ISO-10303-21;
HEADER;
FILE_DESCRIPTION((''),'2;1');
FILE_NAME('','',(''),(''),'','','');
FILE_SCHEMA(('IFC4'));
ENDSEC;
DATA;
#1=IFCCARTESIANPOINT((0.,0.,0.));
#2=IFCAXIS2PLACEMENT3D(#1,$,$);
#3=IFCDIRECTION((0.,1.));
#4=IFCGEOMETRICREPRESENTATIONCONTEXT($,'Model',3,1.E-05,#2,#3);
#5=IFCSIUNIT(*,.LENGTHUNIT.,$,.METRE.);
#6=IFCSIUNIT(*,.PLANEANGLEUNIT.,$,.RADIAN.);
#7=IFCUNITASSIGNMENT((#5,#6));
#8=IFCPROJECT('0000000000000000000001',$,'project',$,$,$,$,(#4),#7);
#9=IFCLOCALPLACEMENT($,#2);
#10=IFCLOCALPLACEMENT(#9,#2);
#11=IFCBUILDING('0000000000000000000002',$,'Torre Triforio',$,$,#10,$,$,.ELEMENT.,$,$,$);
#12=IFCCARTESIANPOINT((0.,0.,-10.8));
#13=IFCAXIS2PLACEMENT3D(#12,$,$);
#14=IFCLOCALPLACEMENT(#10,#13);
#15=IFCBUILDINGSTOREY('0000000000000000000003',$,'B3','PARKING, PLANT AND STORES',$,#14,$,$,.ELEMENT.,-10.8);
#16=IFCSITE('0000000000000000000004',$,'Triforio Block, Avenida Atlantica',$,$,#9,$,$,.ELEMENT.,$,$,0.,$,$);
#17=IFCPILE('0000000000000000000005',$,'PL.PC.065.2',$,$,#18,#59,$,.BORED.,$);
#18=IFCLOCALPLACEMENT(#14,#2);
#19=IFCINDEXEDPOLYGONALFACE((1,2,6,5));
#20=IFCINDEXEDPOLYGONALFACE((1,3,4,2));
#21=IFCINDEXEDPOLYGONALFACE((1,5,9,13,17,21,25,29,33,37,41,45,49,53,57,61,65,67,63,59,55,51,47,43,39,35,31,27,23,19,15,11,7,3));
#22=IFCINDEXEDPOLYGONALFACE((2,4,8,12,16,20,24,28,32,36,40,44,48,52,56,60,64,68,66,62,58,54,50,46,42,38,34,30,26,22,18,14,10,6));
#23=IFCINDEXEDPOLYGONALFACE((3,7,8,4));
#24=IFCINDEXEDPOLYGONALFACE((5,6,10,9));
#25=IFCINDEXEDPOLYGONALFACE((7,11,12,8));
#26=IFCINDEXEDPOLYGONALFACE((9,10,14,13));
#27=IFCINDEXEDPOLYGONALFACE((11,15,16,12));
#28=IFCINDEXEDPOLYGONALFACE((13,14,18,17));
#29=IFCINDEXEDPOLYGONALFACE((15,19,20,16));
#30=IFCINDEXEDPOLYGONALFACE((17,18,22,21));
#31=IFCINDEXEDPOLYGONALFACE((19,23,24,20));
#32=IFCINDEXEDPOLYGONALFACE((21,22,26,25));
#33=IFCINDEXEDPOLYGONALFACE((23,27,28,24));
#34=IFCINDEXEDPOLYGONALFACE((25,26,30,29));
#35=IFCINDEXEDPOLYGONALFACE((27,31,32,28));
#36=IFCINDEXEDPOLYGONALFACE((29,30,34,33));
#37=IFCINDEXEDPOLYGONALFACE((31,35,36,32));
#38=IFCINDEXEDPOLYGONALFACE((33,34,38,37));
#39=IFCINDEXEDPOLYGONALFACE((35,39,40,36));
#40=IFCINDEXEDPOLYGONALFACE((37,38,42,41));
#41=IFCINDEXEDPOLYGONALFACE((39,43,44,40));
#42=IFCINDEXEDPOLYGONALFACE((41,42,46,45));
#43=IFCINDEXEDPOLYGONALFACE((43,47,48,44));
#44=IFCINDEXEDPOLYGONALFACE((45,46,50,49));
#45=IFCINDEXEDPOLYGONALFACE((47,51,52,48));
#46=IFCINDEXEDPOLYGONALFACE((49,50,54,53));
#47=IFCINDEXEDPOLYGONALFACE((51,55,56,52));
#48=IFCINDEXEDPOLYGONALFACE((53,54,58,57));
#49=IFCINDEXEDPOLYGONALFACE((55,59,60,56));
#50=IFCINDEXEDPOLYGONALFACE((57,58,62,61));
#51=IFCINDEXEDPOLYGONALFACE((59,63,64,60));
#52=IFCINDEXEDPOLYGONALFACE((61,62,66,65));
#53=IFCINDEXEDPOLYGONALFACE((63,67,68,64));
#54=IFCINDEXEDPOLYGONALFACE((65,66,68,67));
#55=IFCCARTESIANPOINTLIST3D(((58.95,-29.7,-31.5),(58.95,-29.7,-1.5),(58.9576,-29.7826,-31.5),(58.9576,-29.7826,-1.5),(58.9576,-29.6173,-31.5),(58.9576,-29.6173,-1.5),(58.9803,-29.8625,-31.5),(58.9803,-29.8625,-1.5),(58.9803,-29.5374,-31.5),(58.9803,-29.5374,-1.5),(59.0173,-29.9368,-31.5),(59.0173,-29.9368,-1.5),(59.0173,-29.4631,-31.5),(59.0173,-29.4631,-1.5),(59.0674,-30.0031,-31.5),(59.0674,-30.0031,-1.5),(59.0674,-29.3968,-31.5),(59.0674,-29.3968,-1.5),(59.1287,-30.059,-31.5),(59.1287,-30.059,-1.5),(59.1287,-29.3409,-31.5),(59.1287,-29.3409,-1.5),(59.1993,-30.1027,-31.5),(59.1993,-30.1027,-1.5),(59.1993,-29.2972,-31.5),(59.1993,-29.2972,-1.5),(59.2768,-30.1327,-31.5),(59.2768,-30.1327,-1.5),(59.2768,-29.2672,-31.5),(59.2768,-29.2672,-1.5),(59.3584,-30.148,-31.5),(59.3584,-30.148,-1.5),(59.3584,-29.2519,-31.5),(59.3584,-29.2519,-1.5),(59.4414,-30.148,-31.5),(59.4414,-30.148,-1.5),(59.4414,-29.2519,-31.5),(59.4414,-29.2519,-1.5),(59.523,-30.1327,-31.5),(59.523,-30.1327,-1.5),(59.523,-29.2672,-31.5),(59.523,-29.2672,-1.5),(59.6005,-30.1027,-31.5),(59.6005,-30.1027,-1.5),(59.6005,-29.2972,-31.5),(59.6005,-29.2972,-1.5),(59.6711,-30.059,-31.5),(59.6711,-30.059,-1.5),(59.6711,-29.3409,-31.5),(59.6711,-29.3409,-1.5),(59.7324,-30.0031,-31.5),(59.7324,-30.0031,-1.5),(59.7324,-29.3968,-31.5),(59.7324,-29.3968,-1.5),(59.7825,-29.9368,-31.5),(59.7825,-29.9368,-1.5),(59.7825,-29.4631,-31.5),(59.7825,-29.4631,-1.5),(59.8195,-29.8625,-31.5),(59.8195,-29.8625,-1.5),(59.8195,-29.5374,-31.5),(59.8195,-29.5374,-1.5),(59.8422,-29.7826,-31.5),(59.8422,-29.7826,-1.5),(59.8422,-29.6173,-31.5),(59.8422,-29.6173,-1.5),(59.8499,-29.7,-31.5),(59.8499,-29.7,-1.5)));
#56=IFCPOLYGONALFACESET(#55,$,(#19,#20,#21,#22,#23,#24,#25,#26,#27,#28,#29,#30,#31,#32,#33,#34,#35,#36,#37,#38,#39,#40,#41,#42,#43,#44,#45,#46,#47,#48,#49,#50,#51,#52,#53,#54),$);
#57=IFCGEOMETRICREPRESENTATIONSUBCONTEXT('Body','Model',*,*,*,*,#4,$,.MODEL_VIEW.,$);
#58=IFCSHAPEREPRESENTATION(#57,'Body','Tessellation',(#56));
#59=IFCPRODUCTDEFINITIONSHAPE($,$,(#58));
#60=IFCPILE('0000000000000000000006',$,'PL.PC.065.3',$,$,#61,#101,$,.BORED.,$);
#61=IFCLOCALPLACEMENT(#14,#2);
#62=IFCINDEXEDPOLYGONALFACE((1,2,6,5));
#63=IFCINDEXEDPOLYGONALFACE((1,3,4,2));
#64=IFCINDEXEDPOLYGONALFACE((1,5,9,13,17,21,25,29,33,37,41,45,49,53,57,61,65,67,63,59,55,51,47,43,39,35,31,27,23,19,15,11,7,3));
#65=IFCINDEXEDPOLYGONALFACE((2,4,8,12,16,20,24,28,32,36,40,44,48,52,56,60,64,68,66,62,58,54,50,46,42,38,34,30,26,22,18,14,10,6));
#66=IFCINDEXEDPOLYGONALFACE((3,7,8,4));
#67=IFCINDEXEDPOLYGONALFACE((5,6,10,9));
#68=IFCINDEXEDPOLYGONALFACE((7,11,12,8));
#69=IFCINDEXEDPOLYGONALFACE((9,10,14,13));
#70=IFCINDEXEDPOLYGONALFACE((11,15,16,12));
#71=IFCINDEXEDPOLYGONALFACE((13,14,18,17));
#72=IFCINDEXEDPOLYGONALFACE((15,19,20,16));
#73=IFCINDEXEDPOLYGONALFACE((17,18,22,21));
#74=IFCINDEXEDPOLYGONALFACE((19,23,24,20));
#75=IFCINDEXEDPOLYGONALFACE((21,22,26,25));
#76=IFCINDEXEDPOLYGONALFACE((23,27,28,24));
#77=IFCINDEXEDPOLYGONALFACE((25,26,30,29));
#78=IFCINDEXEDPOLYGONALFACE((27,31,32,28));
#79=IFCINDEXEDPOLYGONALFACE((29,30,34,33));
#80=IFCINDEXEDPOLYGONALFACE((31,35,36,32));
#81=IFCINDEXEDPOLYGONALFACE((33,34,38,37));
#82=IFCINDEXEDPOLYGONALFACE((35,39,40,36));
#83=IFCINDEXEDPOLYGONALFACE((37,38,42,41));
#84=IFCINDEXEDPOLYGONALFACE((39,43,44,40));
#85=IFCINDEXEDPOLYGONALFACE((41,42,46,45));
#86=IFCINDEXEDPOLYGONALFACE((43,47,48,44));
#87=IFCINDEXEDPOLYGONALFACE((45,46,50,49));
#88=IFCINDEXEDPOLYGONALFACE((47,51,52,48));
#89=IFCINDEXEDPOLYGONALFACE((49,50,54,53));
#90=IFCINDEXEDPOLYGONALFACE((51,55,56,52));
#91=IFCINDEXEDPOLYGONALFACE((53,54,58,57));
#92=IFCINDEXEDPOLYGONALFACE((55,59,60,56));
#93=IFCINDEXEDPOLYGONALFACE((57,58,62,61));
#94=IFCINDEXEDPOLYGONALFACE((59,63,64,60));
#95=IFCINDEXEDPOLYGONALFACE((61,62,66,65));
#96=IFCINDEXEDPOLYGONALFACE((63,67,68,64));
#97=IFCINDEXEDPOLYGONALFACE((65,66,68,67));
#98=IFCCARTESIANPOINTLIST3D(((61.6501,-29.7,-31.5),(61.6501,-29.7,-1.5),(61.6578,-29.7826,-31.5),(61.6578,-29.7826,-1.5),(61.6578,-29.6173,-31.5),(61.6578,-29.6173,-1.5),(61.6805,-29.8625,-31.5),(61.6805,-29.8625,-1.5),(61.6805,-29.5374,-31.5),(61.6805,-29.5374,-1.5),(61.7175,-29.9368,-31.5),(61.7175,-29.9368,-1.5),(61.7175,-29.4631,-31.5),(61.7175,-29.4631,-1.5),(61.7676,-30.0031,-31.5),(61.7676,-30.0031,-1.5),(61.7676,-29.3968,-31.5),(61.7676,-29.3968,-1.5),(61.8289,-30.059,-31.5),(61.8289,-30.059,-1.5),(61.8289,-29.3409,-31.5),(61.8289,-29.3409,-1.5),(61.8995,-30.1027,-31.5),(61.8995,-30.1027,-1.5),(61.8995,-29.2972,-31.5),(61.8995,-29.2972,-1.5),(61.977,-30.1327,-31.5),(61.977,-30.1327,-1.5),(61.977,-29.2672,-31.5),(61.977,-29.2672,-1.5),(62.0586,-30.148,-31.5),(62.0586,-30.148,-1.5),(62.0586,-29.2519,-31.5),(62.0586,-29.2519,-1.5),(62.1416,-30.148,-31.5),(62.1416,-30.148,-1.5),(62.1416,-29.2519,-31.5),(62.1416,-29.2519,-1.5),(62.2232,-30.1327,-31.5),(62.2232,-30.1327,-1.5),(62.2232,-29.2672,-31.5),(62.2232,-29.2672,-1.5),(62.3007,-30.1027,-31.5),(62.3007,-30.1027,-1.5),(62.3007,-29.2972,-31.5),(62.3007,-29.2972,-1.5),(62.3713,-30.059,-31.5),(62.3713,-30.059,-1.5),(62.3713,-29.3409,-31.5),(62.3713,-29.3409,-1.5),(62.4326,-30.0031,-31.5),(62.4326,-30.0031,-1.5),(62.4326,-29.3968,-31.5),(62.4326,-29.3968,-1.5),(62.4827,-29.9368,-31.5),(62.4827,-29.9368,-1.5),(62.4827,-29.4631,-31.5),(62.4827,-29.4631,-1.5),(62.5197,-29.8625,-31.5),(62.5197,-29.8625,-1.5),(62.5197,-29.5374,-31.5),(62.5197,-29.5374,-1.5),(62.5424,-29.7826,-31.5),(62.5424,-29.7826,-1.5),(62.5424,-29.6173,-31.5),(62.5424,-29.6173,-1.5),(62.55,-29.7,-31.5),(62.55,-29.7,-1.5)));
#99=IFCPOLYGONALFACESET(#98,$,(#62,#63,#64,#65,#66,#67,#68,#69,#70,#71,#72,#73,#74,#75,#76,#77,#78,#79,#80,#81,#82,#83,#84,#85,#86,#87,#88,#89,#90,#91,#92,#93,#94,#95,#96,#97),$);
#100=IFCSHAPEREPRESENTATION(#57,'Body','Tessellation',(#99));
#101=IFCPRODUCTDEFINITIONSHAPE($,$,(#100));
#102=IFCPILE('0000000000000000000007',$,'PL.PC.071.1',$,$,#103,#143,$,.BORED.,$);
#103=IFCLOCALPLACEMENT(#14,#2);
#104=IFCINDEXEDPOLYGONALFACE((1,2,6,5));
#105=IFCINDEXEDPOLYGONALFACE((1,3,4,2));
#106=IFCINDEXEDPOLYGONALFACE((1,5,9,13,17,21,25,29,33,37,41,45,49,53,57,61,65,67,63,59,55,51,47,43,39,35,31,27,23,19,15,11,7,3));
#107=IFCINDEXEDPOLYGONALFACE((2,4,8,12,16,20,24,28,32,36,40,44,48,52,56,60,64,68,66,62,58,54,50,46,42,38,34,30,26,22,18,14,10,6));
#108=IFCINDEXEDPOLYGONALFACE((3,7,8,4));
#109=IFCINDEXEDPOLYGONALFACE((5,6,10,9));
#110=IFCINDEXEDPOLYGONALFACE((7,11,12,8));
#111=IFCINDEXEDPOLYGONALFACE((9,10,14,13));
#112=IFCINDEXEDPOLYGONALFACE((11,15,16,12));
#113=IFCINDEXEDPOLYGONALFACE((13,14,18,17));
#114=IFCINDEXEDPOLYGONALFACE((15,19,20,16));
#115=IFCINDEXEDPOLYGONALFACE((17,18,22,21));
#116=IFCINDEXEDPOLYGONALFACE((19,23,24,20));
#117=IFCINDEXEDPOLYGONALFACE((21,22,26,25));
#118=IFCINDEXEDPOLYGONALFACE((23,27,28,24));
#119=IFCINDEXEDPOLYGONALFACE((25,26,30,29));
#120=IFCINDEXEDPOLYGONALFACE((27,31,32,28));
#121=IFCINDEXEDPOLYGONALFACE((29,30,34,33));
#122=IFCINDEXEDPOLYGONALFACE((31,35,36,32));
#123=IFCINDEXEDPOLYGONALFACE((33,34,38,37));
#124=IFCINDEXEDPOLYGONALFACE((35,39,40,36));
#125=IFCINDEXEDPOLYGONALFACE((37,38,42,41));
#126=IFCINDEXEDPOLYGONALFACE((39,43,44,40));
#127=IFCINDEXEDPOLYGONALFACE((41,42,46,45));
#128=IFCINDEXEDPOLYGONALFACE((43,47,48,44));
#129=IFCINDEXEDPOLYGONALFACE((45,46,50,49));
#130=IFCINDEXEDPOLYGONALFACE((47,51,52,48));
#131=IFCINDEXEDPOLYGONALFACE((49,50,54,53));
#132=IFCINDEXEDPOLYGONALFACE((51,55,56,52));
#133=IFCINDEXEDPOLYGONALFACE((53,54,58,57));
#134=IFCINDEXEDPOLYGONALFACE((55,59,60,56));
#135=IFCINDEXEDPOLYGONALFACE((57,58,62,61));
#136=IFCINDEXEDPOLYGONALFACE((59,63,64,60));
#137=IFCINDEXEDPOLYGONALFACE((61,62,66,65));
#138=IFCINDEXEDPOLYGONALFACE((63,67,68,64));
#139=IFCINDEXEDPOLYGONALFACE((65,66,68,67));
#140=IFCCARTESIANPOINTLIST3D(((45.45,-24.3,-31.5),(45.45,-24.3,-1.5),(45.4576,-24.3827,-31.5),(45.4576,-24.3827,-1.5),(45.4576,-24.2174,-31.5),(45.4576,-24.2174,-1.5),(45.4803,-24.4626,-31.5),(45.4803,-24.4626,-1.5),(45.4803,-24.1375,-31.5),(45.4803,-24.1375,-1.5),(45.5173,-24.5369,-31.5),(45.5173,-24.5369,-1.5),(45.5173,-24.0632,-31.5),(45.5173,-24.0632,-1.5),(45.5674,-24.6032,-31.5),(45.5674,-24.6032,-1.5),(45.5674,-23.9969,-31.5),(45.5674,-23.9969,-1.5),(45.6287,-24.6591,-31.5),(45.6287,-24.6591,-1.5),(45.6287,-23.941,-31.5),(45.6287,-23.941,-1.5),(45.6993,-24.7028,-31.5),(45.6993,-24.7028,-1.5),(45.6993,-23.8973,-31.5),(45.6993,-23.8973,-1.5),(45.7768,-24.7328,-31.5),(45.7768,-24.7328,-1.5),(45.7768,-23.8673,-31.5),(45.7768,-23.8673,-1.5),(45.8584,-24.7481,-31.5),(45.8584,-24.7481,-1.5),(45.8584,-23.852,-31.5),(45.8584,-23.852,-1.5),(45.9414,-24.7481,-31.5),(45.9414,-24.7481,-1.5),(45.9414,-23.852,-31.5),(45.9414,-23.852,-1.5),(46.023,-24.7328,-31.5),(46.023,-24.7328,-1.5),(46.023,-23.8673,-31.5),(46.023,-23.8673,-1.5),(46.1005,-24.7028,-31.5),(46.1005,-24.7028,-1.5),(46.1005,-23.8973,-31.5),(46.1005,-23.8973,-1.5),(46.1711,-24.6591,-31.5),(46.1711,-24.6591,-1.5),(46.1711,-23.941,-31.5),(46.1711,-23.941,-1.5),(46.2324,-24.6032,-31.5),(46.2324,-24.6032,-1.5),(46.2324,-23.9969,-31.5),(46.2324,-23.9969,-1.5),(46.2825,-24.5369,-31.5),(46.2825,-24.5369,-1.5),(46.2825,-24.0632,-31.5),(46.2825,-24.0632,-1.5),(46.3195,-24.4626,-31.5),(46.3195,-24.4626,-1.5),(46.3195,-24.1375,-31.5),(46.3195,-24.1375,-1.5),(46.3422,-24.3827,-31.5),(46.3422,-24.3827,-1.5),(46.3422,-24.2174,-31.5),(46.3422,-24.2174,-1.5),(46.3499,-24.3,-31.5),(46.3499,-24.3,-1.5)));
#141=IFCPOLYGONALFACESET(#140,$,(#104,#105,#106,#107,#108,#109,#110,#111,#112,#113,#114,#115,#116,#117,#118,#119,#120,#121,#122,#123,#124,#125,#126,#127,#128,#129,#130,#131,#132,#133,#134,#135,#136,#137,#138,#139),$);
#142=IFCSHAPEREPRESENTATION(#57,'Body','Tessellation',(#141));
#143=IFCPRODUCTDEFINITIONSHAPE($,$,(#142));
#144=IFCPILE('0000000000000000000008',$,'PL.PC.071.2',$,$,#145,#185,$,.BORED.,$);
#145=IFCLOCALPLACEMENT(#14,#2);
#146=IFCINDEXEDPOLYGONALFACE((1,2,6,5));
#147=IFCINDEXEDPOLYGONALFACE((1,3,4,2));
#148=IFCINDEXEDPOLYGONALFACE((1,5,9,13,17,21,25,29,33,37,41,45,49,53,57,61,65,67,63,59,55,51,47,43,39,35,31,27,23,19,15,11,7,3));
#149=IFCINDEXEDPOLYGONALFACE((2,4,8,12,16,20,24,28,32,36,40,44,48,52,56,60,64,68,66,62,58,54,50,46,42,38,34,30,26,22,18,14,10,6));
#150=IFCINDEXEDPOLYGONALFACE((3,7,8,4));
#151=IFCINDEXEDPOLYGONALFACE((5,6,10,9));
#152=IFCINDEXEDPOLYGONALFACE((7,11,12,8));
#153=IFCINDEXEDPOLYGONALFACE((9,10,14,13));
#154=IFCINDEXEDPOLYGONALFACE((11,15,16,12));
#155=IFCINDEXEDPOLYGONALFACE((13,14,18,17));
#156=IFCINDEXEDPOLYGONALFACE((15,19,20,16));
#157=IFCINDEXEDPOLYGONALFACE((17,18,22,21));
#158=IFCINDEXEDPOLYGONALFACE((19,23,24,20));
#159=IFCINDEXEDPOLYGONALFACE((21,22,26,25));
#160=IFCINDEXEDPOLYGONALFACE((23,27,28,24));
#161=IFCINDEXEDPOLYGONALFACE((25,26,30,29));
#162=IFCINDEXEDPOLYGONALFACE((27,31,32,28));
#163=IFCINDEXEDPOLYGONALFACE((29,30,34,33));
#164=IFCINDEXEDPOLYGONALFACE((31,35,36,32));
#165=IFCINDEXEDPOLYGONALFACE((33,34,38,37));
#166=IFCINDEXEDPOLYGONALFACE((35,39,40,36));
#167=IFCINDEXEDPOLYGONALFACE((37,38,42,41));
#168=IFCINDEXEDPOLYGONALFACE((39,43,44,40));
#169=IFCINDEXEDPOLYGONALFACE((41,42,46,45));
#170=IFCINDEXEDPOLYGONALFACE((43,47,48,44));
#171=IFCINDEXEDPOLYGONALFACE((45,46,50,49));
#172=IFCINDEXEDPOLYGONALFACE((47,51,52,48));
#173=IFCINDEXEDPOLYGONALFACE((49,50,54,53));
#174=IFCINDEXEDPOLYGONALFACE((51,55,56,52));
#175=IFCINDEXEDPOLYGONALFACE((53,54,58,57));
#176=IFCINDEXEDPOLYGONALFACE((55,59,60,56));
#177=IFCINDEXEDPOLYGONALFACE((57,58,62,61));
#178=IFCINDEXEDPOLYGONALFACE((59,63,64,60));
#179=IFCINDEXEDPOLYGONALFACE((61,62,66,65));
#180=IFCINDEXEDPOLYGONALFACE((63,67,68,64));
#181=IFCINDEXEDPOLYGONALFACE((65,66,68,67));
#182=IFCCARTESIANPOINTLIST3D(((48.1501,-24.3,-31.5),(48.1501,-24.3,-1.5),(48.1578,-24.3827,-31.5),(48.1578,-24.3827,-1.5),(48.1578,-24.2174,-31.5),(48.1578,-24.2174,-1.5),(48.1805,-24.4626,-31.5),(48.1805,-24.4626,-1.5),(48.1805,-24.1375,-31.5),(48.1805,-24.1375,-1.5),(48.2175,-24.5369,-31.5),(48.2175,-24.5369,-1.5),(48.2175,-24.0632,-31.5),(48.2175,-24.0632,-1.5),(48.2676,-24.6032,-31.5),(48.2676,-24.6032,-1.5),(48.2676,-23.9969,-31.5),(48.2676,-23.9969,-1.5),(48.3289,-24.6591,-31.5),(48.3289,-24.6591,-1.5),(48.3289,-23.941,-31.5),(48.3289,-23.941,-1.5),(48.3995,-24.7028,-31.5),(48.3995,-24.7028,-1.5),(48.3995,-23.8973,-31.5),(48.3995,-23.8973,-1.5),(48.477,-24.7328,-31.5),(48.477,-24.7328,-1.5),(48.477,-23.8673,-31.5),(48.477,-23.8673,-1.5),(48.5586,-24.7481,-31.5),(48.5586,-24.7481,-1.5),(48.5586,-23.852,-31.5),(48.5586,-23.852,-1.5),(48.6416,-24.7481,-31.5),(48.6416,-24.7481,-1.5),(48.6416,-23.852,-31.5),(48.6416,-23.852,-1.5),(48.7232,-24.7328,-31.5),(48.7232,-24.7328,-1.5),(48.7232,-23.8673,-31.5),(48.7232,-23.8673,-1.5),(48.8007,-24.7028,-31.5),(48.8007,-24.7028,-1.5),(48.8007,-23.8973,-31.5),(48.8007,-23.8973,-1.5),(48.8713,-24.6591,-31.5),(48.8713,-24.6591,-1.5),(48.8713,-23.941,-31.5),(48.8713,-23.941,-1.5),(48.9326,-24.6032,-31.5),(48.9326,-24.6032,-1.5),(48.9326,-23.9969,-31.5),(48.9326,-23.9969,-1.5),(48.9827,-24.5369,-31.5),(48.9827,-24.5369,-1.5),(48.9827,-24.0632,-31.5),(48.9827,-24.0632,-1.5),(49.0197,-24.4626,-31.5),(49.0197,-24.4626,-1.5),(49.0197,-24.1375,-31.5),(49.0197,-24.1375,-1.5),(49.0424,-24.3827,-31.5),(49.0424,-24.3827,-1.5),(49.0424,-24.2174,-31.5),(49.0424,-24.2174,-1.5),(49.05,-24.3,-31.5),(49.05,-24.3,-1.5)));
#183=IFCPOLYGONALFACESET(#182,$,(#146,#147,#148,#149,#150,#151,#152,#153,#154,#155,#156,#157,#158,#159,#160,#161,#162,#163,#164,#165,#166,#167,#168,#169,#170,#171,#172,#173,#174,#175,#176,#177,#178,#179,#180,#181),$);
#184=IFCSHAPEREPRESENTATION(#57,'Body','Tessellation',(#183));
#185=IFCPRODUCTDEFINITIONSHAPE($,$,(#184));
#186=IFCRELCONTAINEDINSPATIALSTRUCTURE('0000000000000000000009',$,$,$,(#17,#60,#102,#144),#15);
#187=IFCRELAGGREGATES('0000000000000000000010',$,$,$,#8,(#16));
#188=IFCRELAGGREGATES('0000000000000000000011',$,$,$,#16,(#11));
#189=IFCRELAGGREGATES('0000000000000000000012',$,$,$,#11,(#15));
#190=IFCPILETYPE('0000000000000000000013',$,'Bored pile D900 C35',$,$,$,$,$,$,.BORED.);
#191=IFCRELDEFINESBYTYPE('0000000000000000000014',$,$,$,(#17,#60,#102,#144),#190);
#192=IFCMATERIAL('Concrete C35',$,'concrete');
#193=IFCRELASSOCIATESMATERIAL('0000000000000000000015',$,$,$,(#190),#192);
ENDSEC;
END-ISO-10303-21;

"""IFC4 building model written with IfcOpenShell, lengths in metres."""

from ifc_helpers import new_model, si_unit, direction, frame, origin, origin_2d, place, context, subcontext, project, spatial, circle, extrude, material, material_profile, profile_set, type_object, element, save


model = new_model("IFC4")

# Units and contexts
model_context = context("Model", 3, precision=1e-05, world=origin(), true_north=direction((0.0, 1.0)))
body_context = subcontext(model_context, "Body", "Model", "MODEL_VIEW")
ifc_project = project(units=[si_unit("LENGTHUNIT", "METRE"), si_unit("PLANEANGLEUNIT", "RADIAN")], contexts=[model_context])

# Site, building, storey
site_placement = place(None, origin())
site = spatial("IfcSite", under=ifc_project, at=site_placement, Name="Triforio Block, Avenida Atlantica", CompositionType="ELEMENT", RefElevation=0.0)
building_placement = place(site_placement, origin())
building = spatial("IfcBuilding", under=site, at=building_placement, Name="Torre Triforio", CompositionType="ELEMENT")
storey_placement = place(building_placement, frame((0.0, 0.0, -10.8)))
storey = spatial("IfcBuildingStorey", under=building, at=storey_placement, Name="B3", Description="PARKING, PLANT AND STORES", CompositionType="ELEMENT", Elevation=-10.8)

# Piles
ifc_material_1 = material(Name="Concrete C35", Category="concrete")
ifc_material_profile_1 = material_profile(ifc_material_1, circle(Radius=0.45, at=origin_2d()), Name="RC D900")
ifc_profile_set_1 = profile_set([ifc_material_profile_1], Name="Concrete C35")
pile_type = type_object("IfcPileType", Name="Bored pile D900 C35", PredefinedType="BORED", material=ifc_profile_set_1)
for number, where, z_axis, x_axis, name in (
    (1, (59.3999, -29.7, -1.5), (0.0, 0.0, -1.0), (1.0, 0.0, 0.0), "PL.PC.065.2"),
    (2, (62.1001, -29.7, -1.5), (0.0, 0.0, -1.0), (1.0, 0.0, 0.0), "PL.PC.065.3"),
    (3, (45.8999, -24.3, -1.5), (0.0, 0.0, -1.0), (1.0, 0.0, 0.0), "PL.PC.071.1"),
    (4, (48.6001, -24.3, -1.5), (0.0, 0.0, -1.0), (1.0, 0.0, 0.0), "PL.PC.071.2"),
):
    element("IfcPile", number, at=place(storey_placement, frame(where, z_axis=z_axis, x_axis=x_axis)), inside=storey, type_object=pile_type, Name=name, PredefinedType="BORED", context=body_context, shape_type="SweptSolid", body=[
        extrude(circle(Radius=0.45, at=origin_2d()), origin(), (0.0, 0.0, 1.0), 30.0),
    ])

save(model, "model.ifc")
